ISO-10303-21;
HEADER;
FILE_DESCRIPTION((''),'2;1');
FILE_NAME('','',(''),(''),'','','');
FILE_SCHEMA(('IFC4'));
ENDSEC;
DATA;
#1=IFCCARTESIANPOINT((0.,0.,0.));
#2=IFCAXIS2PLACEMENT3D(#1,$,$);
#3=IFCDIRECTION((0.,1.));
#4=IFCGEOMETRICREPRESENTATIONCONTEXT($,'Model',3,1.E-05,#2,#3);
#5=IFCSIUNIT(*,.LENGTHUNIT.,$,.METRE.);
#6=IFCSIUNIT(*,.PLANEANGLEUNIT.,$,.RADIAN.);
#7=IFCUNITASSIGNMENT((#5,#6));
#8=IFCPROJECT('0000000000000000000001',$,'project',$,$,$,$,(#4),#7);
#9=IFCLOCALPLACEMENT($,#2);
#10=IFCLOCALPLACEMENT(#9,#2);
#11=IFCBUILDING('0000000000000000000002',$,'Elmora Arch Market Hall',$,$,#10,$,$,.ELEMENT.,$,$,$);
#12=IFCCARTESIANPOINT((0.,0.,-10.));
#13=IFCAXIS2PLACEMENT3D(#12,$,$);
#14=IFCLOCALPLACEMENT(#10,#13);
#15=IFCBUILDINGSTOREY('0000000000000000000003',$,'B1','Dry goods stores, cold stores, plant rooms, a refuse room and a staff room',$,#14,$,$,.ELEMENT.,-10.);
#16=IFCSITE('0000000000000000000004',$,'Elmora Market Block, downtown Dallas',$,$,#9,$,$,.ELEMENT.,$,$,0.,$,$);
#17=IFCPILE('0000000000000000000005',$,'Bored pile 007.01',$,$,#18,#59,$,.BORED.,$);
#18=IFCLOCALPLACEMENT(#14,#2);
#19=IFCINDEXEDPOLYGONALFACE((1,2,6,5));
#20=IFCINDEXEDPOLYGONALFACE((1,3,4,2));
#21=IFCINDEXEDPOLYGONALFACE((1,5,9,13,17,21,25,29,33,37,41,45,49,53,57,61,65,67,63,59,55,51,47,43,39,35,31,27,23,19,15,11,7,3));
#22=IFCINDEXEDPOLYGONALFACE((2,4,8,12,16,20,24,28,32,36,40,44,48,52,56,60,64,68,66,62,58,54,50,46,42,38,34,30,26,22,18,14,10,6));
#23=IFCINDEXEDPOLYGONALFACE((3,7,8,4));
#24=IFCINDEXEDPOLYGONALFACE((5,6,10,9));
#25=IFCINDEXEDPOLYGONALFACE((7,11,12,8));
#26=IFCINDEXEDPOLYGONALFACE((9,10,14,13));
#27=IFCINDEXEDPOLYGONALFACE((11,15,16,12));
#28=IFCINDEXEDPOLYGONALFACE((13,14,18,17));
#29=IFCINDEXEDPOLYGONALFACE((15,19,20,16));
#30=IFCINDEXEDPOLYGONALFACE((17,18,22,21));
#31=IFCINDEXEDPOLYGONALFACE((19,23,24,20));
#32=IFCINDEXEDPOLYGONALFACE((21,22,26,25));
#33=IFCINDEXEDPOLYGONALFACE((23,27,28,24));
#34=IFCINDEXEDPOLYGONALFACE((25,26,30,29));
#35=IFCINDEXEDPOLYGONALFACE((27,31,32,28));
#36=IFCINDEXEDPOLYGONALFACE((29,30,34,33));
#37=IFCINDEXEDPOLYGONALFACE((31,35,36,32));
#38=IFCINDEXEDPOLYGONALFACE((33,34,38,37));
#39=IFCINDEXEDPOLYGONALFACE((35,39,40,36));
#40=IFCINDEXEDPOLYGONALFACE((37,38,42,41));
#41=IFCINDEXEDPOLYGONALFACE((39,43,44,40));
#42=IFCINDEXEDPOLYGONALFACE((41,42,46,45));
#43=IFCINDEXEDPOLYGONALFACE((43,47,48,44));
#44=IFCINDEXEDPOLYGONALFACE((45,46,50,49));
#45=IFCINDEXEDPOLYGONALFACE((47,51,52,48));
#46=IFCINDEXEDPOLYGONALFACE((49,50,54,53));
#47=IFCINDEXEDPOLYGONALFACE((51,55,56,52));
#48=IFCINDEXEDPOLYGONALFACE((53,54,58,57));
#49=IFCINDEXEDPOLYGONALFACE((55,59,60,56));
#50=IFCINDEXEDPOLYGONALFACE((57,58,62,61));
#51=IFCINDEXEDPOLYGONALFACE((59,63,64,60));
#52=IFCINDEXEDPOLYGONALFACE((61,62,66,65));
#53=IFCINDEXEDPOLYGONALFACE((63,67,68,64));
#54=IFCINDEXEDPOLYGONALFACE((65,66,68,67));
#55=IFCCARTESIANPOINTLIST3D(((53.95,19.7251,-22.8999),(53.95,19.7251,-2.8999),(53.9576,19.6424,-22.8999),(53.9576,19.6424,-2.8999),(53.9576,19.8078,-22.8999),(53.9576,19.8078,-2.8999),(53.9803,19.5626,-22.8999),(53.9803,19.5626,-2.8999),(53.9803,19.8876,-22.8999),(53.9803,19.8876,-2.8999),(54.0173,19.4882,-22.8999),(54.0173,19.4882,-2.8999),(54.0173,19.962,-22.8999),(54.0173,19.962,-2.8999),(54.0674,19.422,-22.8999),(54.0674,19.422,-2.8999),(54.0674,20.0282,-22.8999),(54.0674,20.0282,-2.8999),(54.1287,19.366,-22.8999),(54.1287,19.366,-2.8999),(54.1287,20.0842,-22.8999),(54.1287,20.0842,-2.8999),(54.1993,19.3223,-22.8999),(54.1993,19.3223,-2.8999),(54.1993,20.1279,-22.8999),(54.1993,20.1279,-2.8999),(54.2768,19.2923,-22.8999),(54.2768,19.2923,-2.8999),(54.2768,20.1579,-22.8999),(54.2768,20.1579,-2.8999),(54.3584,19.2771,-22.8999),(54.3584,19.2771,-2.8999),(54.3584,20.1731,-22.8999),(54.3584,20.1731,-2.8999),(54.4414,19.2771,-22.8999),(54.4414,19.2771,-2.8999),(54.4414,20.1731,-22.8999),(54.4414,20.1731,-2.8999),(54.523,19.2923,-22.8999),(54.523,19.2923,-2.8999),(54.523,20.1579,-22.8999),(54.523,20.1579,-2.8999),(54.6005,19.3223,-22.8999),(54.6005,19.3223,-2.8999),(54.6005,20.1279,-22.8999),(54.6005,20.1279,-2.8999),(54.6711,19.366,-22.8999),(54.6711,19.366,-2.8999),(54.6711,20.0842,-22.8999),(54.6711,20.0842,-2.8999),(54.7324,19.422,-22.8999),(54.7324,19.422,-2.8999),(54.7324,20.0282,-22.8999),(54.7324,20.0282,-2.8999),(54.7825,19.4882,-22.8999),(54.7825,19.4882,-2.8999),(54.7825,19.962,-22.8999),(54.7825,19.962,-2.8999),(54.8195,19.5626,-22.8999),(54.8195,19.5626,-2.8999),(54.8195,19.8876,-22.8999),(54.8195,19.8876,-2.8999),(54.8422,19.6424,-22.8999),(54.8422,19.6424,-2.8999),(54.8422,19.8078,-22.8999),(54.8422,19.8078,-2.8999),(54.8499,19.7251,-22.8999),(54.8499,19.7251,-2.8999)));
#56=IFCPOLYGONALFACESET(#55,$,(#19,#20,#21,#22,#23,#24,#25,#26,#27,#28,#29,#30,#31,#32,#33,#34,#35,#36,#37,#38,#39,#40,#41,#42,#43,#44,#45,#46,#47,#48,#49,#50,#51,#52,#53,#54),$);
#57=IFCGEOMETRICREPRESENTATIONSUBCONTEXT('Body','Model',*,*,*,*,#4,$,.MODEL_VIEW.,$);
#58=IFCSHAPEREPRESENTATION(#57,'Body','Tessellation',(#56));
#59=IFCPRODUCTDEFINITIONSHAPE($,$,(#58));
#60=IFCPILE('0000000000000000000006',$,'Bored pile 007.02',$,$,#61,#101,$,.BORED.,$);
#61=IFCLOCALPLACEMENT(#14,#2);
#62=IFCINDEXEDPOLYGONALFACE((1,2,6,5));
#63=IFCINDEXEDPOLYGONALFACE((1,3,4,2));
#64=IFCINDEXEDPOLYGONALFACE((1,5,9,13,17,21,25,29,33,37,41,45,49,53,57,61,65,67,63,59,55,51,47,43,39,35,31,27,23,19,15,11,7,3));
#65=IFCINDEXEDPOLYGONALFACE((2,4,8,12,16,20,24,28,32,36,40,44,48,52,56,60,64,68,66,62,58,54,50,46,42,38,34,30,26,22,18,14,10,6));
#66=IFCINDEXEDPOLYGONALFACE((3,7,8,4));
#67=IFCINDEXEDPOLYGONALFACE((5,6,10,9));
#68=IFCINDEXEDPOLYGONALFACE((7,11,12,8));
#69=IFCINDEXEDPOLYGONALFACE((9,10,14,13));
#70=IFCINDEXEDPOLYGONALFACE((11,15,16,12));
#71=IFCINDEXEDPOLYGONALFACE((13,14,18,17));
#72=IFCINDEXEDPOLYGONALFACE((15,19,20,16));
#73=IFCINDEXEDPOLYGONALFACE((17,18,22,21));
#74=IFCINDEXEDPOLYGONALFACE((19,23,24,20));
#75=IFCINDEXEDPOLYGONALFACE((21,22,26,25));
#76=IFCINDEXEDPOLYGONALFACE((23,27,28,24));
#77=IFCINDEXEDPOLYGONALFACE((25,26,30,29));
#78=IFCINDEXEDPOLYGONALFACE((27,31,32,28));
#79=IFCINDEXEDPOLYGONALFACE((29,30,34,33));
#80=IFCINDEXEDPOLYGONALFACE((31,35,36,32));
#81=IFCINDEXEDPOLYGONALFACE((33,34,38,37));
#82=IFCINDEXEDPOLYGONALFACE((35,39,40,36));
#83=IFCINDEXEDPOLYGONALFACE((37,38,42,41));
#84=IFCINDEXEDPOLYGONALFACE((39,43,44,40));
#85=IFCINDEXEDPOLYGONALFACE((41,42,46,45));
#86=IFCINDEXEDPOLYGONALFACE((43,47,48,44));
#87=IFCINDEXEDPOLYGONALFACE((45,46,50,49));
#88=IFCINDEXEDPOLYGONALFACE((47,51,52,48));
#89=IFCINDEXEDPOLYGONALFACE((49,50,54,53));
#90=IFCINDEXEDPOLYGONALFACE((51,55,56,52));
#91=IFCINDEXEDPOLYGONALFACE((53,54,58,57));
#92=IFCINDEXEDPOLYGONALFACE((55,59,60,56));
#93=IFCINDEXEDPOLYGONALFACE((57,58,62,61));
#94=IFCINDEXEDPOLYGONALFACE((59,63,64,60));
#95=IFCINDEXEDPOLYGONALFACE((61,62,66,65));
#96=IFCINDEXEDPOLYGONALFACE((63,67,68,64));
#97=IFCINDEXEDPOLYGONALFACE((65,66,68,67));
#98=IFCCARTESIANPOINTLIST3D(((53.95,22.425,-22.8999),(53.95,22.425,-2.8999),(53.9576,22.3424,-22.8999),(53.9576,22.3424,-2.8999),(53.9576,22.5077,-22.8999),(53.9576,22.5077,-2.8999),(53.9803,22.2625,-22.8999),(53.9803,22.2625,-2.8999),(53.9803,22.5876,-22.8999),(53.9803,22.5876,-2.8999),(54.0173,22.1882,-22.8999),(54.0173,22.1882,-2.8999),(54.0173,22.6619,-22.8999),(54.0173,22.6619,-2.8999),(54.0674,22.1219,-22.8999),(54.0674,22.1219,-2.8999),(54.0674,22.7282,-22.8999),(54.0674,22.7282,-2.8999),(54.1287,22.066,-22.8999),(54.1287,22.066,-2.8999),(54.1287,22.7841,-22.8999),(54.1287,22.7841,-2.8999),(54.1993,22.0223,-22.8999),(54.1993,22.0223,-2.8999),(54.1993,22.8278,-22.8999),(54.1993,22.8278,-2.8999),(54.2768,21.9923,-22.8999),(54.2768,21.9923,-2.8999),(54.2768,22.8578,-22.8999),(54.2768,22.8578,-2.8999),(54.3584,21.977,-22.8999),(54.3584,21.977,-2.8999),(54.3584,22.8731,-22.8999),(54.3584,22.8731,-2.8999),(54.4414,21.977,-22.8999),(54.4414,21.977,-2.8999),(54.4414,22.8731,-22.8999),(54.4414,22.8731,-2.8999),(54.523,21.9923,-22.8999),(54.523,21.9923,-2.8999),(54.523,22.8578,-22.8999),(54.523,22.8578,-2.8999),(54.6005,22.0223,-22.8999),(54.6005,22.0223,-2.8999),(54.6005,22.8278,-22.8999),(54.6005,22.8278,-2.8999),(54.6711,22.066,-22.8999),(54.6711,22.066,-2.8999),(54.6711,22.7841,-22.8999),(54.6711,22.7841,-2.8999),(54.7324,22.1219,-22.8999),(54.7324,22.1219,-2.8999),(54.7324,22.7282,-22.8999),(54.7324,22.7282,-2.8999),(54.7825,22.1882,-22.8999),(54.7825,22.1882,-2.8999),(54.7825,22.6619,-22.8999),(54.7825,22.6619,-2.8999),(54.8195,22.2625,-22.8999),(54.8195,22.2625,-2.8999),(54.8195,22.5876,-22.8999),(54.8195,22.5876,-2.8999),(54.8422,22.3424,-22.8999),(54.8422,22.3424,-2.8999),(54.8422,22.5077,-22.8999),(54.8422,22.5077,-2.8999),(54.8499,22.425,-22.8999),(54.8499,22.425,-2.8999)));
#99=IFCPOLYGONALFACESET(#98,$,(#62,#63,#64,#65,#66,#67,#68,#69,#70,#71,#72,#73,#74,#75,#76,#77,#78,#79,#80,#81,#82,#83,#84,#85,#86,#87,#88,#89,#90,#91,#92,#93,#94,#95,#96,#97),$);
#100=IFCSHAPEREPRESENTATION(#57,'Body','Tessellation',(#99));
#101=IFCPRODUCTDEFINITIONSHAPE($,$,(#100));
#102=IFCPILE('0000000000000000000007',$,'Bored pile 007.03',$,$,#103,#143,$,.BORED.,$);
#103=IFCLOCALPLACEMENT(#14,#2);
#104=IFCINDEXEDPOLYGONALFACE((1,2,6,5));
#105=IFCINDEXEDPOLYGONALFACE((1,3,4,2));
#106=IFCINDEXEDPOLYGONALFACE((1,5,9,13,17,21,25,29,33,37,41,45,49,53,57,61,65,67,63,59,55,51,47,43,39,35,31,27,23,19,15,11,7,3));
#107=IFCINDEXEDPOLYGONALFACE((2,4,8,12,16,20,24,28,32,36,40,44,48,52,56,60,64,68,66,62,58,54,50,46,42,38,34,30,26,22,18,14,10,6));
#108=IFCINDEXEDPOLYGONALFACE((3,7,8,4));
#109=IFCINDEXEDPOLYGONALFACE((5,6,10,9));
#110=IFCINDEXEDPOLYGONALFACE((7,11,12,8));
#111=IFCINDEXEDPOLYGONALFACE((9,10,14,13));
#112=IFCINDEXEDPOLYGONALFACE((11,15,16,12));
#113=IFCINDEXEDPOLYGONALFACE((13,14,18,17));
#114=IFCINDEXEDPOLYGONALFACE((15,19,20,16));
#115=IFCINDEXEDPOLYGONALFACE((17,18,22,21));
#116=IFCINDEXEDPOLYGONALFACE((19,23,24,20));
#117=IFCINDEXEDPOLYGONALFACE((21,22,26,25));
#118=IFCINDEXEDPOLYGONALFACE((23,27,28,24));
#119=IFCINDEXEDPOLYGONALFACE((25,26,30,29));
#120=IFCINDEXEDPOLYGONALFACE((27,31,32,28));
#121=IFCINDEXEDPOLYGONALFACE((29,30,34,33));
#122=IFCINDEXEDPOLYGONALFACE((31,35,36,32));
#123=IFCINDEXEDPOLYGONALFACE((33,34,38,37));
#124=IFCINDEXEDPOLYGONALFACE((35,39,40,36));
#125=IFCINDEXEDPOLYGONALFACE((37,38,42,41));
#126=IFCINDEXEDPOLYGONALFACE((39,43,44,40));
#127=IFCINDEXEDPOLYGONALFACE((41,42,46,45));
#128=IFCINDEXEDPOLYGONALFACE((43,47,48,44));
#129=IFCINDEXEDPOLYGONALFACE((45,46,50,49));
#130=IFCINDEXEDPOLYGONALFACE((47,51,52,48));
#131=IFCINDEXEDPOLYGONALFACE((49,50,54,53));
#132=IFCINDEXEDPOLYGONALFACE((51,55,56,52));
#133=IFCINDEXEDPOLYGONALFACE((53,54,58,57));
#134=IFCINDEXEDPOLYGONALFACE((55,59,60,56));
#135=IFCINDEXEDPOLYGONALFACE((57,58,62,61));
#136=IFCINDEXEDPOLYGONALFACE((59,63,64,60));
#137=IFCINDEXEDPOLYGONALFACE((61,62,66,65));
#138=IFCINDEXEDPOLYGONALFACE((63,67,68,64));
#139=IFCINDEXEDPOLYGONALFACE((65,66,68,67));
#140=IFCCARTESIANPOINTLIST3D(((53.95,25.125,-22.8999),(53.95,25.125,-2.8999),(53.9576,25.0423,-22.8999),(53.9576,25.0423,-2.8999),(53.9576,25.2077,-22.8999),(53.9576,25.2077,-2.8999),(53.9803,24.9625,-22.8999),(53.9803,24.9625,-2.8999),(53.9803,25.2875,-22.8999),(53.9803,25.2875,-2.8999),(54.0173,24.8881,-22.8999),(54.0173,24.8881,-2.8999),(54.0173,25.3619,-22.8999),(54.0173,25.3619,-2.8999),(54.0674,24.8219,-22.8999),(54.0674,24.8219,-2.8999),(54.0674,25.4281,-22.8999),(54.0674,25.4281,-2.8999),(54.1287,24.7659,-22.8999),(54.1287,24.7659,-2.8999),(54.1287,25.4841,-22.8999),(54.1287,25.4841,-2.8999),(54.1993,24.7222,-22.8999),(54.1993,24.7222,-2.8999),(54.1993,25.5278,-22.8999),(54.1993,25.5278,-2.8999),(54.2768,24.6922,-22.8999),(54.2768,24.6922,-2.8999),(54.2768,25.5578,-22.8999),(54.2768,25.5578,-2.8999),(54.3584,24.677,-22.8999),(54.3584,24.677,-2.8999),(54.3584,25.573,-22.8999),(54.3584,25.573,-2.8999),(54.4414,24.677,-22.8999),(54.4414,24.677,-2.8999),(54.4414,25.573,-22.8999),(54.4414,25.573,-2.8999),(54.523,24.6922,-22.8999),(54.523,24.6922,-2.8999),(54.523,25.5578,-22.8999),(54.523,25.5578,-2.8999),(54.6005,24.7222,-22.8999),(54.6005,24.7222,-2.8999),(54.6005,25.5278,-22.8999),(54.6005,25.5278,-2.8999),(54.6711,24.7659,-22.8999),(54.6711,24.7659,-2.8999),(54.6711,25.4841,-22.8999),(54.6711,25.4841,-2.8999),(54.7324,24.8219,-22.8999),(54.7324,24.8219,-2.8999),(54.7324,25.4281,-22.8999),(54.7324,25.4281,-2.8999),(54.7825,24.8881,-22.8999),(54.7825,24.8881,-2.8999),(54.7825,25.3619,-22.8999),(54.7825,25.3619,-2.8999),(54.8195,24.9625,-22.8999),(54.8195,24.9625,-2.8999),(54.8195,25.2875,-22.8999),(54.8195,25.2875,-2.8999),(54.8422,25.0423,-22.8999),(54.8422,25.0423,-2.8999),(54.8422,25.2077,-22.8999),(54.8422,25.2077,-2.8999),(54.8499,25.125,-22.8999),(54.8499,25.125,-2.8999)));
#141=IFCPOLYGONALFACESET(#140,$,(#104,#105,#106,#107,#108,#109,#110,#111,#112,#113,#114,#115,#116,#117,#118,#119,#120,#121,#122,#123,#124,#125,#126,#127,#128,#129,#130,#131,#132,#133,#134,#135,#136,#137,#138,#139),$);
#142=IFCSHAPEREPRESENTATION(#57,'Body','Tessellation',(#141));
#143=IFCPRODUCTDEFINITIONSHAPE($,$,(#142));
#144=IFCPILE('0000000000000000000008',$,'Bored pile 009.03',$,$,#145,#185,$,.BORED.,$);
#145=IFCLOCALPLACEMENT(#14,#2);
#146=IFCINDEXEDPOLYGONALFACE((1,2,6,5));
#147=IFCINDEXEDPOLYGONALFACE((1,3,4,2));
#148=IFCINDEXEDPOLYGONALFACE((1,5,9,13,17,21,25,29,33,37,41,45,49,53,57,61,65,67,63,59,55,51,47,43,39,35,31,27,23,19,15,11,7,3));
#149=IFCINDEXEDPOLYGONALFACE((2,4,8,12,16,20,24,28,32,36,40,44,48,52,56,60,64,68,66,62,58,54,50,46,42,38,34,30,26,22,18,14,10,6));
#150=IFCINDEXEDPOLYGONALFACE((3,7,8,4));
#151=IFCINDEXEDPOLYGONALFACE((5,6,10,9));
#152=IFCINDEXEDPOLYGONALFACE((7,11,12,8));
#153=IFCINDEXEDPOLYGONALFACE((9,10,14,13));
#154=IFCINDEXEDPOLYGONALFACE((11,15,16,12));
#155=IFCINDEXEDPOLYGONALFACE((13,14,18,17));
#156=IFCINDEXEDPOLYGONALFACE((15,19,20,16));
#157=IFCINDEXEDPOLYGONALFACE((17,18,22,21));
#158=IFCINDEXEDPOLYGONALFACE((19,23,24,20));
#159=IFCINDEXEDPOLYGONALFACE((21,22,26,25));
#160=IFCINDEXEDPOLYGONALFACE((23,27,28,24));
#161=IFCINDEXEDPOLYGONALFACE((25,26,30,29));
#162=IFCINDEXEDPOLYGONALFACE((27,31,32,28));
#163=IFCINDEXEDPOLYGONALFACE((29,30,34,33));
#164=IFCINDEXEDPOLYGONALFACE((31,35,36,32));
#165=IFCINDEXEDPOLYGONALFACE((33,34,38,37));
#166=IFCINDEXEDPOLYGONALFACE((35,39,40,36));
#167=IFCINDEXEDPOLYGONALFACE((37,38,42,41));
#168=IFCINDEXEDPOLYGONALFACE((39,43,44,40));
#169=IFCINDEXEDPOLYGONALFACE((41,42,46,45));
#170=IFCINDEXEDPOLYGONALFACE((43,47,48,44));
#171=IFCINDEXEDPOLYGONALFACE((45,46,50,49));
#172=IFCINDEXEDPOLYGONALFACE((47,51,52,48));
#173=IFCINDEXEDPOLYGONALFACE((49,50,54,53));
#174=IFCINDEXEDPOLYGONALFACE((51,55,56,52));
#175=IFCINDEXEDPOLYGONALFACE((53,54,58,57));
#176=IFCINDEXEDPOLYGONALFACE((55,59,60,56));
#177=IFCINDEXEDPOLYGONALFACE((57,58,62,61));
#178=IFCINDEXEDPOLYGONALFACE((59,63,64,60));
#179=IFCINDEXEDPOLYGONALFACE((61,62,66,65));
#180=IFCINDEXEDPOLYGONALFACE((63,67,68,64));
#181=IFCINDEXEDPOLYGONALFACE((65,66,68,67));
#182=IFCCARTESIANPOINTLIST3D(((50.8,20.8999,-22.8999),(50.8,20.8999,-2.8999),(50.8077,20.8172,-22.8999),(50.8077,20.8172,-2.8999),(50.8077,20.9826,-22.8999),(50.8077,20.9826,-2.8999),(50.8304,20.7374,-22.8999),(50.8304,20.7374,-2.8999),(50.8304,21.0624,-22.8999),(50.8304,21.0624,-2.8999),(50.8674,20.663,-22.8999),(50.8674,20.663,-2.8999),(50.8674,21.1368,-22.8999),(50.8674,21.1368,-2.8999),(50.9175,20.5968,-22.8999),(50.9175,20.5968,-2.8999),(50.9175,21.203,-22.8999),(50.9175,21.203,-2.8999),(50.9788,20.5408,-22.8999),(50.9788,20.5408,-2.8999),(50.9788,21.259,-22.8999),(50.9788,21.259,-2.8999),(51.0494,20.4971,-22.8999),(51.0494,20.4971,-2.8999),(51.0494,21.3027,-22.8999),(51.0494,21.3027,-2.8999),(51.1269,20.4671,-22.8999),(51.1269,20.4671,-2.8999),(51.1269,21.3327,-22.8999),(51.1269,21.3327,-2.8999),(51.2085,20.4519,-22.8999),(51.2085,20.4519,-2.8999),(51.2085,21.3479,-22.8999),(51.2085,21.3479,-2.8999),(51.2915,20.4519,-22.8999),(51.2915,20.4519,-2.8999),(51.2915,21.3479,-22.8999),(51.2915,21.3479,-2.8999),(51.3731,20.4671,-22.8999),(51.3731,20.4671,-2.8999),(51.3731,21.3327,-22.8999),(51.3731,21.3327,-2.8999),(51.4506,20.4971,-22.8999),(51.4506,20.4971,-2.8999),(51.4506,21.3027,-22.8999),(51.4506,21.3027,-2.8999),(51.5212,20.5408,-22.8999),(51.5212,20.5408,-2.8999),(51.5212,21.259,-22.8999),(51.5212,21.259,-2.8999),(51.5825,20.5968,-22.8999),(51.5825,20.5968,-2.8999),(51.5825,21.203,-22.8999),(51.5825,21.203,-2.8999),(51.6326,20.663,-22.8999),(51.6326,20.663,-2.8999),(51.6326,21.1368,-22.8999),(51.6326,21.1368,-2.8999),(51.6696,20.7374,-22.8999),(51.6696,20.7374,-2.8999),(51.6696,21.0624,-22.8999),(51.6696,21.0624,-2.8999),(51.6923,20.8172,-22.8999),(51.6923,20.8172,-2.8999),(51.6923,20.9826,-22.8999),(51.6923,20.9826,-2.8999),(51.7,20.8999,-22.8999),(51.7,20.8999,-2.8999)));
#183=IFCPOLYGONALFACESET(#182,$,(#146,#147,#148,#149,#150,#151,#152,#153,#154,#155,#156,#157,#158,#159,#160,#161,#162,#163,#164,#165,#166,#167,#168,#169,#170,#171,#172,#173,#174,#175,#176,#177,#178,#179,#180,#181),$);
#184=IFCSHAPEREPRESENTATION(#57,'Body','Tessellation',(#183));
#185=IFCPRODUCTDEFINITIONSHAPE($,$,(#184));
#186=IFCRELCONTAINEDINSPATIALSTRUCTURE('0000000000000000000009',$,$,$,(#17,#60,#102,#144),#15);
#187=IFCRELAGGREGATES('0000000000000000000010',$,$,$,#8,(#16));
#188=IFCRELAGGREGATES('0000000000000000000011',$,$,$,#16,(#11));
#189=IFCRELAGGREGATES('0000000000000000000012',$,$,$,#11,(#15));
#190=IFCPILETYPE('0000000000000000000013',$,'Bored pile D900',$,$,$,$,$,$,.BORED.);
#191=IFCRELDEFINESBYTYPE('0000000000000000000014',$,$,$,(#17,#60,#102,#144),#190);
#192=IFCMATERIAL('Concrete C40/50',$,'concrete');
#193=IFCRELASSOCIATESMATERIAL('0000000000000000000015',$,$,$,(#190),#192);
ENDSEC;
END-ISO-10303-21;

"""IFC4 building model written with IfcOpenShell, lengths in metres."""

from ifc_helpers import new_model, si_unit, direction, frame, origin, origin_2d, place, context, subcontext, project, spatial, circle, extrude, material, material_profile, profile_set, type_object, element, save


model = new_model("IFC4")

# Units and contexts
model_context = context("Model", 3, precision=1e-05, world=origin(), true_north=direction((0.0, 1.0)))
body_context = subcontext(model_context, "Body", "Model", "MODEL_VIEW")
ifc_project = project(units=[si_unit("LENGTHUNIT", "METRE"), si_unit("PLANEANGLEUNIT", "RADIAN")], contexts=[model_context])

# Site, building, storey
site_placement = place(None, origin())
site = spatial("IfcSite", under=ifc_project, at=site_placement, Name="Elmora Market Block, downtown Dallas", CompositionType="ELEMENT", RefElevation=0.0)
building_placement = place(site_placement, origin())
building = spatial("IfcBuilding", under=site, at=building_placement, Name="Elmora Arch Market Hall", CompositionType="ELEMENT")
storey_placement = place(building_placement, frame((0.0, 0.0, -10.0)))
storey = spatial("IfcBuildingStorey", under=building, at=storey_placement, Name="B1", Description="Dry goods stores, cold stores, plant rooms, a refuse room and a staff room", CompositionType="ELEMENT", Elevation=-10.0)

# Piles
ifc_material_1 = material(Name="Concrete C40/50", Category="concrete")
ifc_material_profile = material_profile(ifc_material_1, circle(Radius=0.45, at=origin_2d()), Name="Bored pile D900")
ifc_profile_set = profile_set([ifc_material_profile], Name="Concrete C40/50")
pile_type = type_object("IfcPileType", Name="Bored pile D900", PredefinedType="BORED", material=ifc_profile_set)
for number, where, z_axis, x_axis, name in (
    (1, (54.3999, 19.7251, -2.8999), (0.0, 0.0, -1.0), (1.0, 0.0, 0.0), "Bored pile 007.01"),
    (2, (54.3999, 22.425, -2.8999), (0.0, 0.0, -1.0), (1.0, 0.0, 0.0), "Bored pile 007.02"),
    (3, (54.3999, 25.125, -2.8999), (0.0, 0.0, -1.0), (1.0, 0.0, 0.0), "Bored pile 007.03"),
    (4, (51.25, 20.8999, -2.8999), (0.0, 0.0, -1.0), (1.0, 0.0, 0.0), "Bored pile 009.03"),
):
    element("IfcPile", number, at=place(storey_placement, frame(where, z_axis=z_axis, x_axis=x_axis)), inside=storey, type_object=pile_type, Name=name, PredefinedType="BORED", context=body_context, shape_type="SweptSolid", body=[
        extrude(circle(Radius=0.45, at=origin_2d()), origin(), (0.0, 0.0, 1.0), 20.0),
    ])

save(model, "model.ifc")
